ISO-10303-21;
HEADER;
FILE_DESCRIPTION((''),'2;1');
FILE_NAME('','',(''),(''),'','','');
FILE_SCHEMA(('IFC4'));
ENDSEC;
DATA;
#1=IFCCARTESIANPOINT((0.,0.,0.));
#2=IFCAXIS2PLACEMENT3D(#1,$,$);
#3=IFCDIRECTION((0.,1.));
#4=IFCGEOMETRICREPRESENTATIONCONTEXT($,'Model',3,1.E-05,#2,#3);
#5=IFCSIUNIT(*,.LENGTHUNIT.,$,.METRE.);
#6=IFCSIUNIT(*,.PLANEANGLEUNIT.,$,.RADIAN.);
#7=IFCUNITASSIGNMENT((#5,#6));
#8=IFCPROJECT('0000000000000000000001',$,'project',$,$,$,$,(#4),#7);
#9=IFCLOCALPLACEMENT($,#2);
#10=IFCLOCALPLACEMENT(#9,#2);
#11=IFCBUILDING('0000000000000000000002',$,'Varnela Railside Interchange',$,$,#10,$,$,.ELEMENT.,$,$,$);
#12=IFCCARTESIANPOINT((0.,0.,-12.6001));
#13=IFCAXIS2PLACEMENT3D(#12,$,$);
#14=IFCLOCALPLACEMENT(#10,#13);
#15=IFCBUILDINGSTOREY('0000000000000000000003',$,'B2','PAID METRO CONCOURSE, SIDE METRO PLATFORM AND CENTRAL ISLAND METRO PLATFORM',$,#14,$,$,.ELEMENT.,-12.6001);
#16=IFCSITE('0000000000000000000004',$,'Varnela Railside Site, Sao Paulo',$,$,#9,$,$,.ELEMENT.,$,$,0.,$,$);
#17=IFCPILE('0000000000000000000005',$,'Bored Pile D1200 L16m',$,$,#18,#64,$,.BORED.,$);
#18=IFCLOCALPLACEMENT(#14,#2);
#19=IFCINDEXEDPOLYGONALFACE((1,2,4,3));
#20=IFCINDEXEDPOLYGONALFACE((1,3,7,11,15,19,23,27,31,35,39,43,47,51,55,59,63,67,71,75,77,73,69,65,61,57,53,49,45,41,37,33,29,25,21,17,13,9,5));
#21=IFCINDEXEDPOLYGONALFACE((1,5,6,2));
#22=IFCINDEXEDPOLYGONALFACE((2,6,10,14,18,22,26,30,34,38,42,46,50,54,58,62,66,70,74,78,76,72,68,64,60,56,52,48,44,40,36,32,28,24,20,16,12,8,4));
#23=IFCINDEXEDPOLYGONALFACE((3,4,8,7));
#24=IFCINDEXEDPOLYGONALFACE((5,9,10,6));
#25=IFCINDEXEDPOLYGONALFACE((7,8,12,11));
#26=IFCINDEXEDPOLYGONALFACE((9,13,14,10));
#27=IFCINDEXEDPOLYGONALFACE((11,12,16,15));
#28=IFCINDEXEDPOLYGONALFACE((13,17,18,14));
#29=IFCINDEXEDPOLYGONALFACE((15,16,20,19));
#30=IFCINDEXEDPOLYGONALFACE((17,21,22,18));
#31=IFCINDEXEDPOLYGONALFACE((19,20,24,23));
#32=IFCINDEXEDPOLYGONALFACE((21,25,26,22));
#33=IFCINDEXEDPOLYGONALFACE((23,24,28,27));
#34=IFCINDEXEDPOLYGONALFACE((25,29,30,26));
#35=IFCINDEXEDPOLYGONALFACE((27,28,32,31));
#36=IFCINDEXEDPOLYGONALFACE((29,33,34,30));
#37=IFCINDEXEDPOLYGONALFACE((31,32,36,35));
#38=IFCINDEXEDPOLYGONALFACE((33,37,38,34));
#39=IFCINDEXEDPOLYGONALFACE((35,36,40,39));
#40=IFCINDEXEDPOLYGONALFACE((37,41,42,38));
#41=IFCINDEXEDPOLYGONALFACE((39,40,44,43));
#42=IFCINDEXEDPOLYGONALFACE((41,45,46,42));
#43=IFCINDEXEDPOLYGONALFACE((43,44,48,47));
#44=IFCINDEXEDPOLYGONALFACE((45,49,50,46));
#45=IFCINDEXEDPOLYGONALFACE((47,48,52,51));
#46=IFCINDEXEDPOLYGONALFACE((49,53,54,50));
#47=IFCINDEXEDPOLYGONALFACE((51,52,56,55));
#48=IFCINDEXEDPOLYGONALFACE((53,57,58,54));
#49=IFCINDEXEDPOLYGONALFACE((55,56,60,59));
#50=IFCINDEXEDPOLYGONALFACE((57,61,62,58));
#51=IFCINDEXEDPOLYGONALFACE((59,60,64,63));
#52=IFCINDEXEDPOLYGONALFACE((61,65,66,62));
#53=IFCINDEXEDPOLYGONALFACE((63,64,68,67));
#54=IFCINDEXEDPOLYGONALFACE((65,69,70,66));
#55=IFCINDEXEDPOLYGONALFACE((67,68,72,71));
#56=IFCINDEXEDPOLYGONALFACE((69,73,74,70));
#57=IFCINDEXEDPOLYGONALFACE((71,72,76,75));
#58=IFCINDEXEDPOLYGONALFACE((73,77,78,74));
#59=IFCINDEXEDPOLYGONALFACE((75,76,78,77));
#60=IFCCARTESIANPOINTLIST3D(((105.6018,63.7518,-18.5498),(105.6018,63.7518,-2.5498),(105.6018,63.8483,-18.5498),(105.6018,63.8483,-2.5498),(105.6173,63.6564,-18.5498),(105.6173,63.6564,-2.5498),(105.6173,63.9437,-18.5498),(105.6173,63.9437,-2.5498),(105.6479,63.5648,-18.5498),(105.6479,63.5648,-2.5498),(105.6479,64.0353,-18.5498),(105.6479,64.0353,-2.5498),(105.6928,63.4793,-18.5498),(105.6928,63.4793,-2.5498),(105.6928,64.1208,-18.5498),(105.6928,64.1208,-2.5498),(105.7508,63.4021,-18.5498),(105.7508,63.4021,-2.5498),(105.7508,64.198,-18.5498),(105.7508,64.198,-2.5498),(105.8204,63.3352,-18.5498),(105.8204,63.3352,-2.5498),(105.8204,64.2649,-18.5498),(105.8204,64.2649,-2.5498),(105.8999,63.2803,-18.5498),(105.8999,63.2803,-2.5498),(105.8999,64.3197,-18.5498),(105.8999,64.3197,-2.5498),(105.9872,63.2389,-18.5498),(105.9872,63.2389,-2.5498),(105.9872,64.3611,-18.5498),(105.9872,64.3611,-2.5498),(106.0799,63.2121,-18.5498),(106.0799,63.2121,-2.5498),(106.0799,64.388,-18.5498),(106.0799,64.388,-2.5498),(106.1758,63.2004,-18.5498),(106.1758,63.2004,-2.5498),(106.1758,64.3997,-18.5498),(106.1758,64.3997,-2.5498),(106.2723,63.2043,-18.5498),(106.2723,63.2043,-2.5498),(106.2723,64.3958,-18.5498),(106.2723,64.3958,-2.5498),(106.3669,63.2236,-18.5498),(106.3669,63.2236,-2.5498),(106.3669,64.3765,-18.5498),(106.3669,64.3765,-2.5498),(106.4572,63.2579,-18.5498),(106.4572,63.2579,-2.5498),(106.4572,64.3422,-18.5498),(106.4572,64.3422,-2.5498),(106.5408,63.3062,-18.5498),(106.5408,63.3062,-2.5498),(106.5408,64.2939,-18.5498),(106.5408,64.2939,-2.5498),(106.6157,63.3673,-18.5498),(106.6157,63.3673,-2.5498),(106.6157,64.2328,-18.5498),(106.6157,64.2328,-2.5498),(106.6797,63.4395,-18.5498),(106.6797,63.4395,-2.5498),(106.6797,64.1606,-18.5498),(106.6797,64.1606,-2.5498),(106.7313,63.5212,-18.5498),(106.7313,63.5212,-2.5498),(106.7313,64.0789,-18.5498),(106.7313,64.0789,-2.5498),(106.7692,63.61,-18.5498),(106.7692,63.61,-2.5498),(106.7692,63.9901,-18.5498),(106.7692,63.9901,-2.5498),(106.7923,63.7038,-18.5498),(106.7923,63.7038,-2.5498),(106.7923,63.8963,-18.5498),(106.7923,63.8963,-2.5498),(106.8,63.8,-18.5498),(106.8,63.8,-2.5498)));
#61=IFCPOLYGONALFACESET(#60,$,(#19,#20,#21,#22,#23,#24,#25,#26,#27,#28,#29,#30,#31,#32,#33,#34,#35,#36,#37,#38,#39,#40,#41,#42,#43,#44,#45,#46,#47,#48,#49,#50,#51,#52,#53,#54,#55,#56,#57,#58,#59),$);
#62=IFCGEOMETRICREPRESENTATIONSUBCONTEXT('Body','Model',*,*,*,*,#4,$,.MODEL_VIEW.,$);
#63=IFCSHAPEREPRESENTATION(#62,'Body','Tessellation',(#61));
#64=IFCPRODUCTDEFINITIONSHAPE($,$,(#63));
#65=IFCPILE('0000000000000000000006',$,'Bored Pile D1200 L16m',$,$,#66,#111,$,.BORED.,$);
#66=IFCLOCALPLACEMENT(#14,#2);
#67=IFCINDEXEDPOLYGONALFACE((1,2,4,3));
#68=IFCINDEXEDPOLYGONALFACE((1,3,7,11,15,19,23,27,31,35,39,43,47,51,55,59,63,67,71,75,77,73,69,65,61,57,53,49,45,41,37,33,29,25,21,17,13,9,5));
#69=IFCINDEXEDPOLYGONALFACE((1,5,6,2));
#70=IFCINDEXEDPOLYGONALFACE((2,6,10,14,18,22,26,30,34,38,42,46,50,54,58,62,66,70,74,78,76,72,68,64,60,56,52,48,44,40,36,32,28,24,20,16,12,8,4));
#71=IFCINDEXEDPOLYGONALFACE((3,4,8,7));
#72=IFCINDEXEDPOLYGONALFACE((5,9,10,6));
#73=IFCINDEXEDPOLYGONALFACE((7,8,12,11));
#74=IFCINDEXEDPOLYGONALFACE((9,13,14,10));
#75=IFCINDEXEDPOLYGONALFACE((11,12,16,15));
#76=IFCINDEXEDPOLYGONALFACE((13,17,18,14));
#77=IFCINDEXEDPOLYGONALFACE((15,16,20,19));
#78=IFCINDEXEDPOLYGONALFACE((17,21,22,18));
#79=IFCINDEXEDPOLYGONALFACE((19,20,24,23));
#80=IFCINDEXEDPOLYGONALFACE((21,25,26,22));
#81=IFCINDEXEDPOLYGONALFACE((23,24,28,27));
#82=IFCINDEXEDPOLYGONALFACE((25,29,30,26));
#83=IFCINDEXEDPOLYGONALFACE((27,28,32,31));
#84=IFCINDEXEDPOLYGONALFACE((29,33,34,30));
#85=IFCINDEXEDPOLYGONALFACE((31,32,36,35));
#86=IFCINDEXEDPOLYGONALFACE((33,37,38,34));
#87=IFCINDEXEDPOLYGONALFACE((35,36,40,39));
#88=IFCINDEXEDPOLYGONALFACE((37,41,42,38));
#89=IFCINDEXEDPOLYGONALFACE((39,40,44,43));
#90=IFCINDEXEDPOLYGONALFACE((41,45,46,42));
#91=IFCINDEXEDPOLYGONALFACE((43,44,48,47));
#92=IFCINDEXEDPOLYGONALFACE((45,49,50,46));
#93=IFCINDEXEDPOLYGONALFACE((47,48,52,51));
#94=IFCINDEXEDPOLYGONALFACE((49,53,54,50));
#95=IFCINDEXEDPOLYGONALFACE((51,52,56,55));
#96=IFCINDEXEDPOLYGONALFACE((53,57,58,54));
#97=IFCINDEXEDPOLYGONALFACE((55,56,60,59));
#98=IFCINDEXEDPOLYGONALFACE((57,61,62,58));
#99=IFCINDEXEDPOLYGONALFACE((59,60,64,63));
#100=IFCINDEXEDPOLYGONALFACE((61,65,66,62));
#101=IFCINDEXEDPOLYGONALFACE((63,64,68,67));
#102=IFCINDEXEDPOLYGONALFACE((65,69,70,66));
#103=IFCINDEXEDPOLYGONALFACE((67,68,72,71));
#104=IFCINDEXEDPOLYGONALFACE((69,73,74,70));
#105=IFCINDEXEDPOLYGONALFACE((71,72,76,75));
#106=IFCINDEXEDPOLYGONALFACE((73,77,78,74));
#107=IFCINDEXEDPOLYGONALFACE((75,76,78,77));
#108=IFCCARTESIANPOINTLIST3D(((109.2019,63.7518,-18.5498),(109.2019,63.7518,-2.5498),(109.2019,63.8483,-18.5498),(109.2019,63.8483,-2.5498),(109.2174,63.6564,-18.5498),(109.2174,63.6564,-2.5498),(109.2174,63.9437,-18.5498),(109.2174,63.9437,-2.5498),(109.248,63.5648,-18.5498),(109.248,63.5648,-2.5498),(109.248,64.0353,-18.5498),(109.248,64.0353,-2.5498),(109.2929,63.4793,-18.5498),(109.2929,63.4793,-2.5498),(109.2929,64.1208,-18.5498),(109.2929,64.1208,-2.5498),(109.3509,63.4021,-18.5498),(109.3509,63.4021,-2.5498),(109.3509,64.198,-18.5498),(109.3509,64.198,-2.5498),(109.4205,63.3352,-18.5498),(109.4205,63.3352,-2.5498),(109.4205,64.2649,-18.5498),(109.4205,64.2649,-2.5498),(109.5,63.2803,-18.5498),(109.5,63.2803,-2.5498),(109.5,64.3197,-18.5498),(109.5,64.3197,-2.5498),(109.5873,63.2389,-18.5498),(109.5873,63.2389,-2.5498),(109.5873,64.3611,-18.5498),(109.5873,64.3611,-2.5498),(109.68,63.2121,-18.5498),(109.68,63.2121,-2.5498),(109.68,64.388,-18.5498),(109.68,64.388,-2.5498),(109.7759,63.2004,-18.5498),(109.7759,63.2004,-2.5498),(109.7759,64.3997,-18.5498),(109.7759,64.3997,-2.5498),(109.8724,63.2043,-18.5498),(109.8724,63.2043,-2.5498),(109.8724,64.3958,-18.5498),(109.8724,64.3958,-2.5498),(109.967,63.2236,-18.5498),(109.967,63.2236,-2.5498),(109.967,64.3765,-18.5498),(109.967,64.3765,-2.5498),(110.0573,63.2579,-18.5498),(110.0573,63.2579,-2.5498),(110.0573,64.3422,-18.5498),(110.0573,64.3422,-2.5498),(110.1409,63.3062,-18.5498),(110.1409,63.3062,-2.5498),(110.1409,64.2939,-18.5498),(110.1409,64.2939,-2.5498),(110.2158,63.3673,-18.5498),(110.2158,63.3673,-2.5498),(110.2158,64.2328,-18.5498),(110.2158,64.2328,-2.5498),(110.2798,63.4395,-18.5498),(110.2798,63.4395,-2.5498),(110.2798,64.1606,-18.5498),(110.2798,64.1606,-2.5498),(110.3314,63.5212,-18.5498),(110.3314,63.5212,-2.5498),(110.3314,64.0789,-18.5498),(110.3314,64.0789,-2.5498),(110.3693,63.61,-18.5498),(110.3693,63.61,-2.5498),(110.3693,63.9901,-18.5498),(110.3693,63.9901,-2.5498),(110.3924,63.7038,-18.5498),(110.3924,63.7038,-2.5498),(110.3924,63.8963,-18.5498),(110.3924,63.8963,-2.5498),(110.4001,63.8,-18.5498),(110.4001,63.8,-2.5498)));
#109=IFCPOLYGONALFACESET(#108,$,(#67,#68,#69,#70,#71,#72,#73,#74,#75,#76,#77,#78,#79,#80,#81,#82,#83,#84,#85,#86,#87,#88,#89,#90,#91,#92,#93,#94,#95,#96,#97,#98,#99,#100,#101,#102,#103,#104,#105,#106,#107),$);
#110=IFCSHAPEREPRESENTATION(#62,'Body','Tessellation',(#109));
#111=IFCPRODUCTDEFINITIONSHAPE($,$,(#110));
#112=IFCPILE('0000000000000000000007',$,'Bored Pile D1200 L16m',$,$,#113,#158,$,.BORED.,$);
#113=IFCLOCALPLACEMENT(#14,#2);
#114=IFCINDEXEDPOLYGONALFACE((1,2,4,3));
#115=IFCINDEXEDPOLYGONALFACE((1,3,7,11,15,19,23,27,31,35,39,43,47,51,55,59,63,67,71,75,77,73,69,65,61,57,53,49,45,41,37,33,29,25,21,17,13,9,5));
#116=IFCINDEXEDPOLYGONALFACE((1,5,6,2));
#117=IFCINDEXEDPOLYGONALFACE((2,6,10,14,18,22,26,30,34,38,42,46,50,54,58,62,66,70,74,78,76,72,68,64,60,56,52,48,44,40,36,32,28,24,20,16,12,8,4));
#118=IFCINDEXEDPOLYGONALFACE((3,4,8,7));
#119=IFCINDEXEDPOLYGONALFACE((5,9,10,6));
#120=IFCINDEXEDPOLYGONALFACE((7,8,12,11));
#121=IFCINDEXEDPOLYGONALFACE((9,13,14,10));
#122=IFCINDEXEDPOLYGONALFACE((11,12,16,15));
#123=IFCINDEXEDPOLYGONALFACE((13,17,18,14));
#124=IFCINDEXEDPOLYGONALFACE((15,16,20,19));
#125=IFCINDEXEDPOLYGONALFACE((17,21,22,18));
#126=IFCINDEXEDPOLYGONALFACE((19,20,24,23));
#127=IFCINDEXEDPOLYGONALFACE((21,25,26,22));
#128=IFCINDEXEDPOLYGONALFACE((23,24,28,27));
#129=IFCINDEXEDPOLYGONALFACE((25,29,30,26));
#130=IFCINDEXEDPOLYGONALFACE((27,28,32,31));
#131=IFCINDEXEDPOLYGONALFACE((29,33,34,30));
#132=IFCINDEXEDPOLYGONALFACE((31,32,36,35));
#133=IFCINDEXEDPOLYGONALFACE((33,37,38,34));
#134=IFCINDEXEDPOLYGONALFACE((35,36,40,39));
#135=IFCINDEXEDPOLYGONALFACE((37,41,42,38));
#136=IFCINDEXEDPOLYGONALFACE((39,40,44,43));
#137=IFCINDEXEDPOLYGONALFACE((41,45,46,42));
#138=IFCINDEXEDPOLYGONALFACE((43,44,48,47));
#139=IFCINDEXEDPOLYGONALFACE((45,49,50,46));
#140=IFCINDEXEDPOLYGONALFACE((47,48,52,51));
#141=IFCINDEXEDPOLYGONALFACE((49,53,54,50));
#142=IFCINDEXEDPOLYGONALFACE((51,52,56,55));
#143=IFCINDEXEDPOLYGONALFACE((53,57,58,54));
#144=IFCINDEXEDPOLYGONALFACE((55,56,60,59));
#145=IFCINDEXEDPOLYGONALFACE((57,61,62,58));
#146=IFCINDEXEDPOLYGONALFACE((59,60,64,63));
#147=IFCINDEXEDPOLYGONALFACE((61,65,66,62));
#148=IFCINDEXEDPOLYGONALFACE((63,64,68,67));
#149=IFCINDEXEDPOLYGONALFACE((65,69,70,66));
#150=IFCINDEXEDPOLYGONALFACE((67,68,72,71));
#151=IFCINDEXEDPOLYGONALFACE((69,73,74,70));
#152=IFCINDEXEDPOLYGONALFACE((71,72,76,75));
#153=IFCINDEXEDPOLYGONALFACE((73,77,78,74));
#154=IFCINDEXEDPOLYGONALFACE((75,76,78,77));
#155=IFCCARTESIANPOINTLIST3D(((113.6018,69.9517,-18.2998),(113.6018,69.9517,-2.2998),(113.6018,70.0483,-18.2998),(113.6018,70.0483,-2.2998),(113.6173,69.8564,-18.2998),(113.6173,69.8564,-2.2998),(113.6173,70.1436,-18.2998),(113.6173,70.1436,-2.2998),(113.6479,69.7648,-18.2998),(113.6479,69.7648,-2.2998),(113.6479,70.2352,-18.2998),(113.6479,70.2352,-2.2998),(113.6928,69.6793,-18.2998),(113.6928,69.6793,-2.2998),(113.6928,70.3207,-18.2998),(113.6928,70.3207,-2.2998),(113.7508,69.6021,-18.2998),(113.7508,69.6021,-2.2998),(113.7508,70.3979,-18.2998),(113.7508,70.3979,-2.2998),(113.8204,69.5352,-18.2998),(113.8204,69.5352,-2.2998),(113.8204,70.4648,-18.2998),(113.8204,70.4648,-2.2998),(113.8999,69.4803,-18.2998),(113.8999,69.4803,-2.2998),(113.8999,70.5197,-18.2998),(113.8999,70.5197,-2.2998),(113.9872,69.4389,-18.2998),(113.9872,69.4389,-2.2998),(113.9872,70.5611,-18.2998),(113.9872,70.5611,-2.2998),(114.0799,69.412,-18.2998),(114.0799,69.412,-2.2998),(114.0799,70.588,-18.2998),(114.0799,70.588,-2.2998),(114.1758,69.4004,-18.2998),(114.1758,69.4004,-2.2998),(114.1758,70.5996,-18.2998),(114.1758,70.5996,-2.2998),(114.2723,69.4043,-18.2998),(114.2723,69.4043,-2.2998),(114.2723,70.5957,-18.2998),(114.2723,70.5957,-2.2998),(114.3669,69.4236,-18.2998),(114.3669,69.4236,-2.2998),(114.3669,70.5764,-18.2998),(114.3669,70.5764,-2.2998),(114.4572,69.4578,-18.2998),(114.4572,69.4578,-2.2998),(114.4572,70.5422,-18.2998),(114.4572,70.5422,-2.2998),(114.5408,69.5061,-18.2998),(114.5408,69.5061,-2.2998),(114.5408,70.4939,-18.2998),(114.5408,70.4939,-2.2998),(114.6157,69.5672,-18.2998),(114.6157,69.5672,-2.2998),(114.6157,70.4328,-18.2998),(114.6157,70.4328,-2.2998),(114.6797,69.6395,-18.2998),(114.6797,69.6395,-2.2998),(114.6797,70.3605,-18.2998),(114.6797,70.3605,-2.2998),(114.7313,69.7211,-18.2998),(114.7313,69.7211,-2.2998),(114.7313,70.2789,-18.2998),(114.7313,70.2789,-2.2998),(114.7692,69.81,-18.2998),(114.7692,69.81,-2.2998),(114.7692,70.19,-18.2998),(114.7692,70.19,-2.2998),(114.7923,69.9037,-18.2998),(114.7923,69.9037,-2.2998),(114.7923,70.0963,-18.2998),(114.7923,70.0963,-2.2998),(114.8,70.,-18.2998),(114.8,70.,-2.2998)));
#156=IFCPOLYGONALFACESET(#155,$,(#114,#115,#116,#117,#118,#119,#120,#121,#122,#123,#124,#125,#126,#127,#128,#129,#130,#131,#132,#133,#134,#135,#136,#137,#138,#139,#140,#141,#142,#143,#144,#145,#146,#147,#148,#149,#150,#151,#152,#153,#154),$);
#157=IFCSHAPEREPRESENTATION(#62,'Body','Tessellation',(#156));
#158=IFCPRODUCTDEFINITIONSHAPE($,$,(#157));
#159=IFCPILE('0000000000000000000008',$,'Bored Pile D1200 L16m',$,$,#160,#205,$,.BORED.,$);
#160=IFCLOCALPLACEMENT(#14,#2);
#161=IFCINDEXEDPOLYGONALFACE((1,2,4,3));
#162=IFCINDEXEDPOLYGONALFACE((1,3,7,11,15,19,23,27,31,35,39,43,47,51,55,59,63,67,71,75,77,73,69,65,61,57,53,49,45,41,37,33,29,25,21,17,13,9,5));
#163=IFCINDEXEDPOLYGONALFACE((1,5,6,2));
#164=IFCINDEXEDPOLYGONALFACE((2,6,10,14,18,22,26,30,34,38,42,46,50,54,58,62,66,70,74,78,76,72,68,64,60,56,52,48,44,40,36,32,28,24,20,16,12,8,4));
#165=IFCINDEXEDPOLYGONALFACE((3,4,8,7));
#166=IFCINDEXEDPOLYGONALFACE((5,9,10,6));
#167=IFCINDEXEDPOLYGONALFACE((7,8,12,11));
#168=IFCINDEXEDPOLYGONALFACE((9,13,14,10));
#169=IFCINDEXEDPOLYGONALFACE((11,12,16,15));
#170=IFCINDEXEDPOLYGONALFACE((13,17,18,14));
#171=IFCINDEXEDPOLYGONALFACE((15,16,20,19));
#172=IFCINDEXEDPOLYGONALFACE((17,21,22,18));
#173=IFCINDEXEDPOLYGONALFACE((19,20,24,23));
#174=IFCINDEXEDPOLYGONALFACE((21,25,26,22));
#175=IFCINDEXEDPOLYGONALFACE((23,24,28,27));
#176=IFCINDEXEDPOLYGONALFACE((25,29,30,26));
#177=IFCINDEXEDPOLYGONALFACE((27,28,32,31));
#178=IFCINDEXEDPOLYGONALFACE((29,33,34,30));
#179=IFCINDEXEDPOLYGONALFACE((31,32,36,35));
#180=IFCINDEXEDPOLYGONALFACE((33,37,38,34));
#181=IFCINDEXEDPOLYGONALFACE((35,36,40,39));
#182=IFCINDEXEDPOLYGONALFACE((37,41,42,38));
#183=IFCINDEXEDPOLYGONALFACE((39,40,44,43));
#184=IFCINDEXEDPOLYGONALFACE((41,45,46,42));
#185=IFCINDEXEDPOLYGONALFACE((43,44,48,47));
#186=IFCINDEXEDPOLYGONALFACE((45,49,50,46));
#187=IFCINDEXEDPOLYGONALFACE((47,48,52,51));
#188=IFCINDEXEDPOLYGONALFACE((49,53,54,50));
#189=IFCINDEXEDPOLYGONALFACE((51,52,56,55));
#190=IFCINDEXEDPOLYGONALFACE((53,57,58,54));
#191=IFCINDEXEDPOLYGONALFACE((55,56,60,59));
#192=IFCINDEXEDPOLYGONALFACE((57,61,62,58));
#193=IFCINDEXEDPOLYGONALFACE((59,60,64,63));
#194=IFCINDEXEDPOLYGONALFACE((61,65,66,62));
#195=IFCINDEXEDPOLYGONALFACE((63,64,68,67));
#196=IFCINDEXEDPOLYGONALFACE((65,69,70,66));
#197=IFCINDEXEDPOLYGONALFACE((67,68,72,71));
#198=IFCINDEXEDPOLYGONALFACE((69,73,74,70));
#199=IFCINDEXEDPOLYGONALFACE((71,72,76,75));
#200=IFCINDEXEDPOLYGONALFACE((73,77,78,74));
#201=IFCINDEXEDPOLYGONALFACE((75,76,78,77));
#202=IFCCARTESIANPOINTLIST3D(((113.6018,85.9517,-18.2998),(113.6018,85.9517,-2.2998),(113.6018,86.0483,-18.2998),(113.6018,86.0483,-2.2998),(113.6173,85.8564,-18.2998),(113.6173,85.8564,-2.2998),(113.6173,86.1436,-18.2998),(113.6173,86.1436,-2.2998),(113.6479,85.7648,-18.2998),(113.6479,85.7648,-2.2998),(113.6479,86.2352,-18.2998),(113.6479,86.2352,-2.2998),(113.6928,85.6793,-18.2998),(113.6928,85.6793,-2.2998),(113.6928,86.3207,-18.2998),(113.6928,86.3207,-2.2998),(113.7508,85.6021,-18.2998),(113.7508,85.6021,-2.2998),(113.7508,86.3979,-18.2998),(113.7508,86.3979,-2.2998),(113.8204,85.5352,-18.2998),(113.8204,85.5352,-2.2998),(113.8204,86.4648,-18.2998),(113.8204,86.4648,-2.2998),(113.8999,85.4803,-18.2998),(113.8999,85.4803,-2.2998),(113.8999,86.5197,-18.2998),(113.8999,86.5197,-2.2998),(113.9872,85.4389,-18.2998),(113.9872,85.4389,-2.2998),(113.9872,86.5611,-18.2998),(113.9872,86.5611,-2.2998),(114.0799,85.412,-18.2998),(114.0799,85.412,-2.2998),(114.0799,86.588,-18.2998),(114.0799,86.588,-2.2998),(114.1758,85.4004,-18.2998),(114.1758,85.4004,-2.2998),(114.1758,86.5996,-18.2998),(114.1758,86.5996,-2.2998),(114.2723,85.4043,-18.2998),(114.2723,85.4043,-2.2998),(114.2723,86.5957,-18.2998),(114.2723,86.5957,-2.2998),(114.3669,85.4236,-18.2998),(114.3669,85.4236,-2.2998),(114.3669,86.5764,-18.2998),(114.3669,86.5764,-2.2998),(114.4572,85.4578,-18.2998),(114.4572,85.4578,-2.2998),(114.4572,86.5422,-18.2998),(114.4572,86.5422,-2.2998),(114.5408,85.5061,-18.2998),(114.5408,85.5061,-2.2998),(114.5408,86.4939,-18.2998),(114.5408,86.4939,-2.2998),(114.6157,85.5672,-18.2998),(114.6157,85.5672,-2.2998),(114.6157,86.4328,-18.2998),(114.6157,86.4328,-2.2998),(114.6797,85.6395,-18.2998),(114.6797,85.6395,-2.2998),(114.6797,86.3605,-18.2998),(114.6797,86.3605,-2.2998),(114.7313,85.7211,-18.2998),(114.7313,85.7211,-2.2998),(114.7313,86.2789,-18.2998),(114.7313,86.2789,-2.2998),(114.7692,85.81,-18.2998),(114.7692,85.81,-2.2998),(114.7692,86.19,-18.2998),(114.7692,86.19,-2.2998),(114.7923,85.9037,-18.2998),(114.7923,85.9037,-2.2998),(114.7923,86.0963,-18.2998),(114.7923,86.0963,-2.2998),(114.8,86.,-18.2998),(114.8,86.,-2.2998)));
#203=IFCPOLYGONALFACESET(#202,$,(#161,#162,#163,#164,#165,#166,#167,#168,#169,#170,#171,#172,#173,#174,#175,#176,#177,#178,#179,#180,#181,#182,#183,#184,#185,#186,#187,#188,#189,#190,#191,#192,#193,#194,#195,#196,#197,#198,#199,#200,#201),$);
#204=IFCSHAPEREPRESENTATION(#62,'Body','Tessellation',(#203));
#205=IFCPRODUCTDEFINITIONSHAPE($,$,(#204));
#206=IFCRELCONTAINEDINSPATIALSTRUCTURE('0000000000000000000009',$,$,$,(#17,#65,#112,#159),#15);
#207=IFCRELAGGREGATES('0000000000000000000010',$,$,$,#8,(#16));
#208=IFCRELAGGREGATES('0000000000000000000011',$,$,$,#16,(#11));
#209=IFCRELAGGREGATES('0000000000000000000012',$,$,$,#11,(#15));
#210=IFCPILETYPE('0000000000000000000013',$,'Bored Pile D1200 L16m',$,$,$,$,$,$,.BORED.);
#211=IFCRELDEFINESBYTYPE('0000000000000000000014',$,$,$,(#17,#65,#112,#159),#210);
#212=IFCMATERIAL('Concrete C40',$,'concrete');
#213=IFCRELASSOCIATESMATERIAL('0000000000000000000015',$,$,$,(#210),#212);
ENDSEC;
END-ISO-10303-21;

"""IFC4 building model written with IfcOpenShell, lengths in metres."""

from ifc_helpers import new_model, si_unit, direction, frame, origin, origin_2d, place, context, subcontext, project, spatial, circle, extrude, material, material_profile, profile_set, type_object, element, save


model = new_model("IFC4")

# Units and contexts
model_context = context("Model", 3, precision=1e-05, world=origin(), true_north=direction((0.0, 1.0)))
body_context = subcontext(model_context, "Body", "Model", "MODEL_VIEW")
ifc_project = project(units=[si_unit("LENGTHUNIT", "METRE"), si_unit("PLANEANGLEUNIT", "RADIAN")], contexts=[model_context])

# Site, building, storey
site_placement = place(None, origin())
site = spatial("IfcSite", under=ifc_project, at=site_placement, Name="Varnela Railside Site, Sao Paulo", CompositionType="ELEMENT", RefElevation=0.0)
building_placement = place(site_placement, origin())
building = spatial("IfcBuilding", under=site, at=building_placement, Name="Varnela Railside Interchange", CompositionType="ELEMENT")
storey_placement = place(building_placement, frame((0.0, 0.0, -12.6001)))
storey = spatial("IfcBuildingStorey", under=building, at=storey_placement, Name="B2", Description="PAID METRO CONCOURSE, SIDE METRO PLATFORM AND CENTRAL ISLAND METRO PLATFORM", CompositionType="ELEMENT", Elevation=-12.6001)

# Piles
ifc_material_1 = material(Name="Concrete C40", Category="concrete")
ifc_material_profile_1 = material_profile(ifc_material_1, circle(Radius=0.6001, at=origin_2d()), Name="BORED PILE D1200")
ifc_profile_set_1 = profile_set([ifc_material_profile_1], Name="Concrete C40")
pile_type_1 = type_object("IfcPileType", Name="Bored Pile D1200 L16m", PredefinedType="BORED", material=ifc_profile_set_1)
for number, where, z_axis, x_axis, name in (
    (1, (106.2, 63.8, -2.5498), (0.0, 0.0, -1.0), (1.0, 0.0, 0.0), "Bored Pile D1200 L16m"),
    (2, (109.8, 63.8, -2.5498), (0.0, 0.0, -1.0), (1.0, 0.0, 0.0), "Bored Pile D1200 L16m"),
    (3, (114.2, 70.0, -2.2998), (0.0, 0.0, -1.0), (1.0, 0.0, 0.0), "Bored Pile D1200 L16m"),
    (4, (114.2, 86.0, -2.2998), (0.0, 0.0, -1.0), (1.0, 0.0, 0.0), "Bored Pile D1200 L16m"),
):
    element("IfcPile", number, at=place(storey_placement, frame(where, z_axis=z_axis, x_axis=x_axis)), inside=storey, type_object=pile_type_1, Name=name, PredefinedType="BORED", context=body_context, shape_type="SweptSolid", body=[
        extrude(circle(Radius=0.6001, at=origin_2d()), origin(), (0.0, 0.0, 1.0), 16.0),
    ])

save(model, "model.ifc")
